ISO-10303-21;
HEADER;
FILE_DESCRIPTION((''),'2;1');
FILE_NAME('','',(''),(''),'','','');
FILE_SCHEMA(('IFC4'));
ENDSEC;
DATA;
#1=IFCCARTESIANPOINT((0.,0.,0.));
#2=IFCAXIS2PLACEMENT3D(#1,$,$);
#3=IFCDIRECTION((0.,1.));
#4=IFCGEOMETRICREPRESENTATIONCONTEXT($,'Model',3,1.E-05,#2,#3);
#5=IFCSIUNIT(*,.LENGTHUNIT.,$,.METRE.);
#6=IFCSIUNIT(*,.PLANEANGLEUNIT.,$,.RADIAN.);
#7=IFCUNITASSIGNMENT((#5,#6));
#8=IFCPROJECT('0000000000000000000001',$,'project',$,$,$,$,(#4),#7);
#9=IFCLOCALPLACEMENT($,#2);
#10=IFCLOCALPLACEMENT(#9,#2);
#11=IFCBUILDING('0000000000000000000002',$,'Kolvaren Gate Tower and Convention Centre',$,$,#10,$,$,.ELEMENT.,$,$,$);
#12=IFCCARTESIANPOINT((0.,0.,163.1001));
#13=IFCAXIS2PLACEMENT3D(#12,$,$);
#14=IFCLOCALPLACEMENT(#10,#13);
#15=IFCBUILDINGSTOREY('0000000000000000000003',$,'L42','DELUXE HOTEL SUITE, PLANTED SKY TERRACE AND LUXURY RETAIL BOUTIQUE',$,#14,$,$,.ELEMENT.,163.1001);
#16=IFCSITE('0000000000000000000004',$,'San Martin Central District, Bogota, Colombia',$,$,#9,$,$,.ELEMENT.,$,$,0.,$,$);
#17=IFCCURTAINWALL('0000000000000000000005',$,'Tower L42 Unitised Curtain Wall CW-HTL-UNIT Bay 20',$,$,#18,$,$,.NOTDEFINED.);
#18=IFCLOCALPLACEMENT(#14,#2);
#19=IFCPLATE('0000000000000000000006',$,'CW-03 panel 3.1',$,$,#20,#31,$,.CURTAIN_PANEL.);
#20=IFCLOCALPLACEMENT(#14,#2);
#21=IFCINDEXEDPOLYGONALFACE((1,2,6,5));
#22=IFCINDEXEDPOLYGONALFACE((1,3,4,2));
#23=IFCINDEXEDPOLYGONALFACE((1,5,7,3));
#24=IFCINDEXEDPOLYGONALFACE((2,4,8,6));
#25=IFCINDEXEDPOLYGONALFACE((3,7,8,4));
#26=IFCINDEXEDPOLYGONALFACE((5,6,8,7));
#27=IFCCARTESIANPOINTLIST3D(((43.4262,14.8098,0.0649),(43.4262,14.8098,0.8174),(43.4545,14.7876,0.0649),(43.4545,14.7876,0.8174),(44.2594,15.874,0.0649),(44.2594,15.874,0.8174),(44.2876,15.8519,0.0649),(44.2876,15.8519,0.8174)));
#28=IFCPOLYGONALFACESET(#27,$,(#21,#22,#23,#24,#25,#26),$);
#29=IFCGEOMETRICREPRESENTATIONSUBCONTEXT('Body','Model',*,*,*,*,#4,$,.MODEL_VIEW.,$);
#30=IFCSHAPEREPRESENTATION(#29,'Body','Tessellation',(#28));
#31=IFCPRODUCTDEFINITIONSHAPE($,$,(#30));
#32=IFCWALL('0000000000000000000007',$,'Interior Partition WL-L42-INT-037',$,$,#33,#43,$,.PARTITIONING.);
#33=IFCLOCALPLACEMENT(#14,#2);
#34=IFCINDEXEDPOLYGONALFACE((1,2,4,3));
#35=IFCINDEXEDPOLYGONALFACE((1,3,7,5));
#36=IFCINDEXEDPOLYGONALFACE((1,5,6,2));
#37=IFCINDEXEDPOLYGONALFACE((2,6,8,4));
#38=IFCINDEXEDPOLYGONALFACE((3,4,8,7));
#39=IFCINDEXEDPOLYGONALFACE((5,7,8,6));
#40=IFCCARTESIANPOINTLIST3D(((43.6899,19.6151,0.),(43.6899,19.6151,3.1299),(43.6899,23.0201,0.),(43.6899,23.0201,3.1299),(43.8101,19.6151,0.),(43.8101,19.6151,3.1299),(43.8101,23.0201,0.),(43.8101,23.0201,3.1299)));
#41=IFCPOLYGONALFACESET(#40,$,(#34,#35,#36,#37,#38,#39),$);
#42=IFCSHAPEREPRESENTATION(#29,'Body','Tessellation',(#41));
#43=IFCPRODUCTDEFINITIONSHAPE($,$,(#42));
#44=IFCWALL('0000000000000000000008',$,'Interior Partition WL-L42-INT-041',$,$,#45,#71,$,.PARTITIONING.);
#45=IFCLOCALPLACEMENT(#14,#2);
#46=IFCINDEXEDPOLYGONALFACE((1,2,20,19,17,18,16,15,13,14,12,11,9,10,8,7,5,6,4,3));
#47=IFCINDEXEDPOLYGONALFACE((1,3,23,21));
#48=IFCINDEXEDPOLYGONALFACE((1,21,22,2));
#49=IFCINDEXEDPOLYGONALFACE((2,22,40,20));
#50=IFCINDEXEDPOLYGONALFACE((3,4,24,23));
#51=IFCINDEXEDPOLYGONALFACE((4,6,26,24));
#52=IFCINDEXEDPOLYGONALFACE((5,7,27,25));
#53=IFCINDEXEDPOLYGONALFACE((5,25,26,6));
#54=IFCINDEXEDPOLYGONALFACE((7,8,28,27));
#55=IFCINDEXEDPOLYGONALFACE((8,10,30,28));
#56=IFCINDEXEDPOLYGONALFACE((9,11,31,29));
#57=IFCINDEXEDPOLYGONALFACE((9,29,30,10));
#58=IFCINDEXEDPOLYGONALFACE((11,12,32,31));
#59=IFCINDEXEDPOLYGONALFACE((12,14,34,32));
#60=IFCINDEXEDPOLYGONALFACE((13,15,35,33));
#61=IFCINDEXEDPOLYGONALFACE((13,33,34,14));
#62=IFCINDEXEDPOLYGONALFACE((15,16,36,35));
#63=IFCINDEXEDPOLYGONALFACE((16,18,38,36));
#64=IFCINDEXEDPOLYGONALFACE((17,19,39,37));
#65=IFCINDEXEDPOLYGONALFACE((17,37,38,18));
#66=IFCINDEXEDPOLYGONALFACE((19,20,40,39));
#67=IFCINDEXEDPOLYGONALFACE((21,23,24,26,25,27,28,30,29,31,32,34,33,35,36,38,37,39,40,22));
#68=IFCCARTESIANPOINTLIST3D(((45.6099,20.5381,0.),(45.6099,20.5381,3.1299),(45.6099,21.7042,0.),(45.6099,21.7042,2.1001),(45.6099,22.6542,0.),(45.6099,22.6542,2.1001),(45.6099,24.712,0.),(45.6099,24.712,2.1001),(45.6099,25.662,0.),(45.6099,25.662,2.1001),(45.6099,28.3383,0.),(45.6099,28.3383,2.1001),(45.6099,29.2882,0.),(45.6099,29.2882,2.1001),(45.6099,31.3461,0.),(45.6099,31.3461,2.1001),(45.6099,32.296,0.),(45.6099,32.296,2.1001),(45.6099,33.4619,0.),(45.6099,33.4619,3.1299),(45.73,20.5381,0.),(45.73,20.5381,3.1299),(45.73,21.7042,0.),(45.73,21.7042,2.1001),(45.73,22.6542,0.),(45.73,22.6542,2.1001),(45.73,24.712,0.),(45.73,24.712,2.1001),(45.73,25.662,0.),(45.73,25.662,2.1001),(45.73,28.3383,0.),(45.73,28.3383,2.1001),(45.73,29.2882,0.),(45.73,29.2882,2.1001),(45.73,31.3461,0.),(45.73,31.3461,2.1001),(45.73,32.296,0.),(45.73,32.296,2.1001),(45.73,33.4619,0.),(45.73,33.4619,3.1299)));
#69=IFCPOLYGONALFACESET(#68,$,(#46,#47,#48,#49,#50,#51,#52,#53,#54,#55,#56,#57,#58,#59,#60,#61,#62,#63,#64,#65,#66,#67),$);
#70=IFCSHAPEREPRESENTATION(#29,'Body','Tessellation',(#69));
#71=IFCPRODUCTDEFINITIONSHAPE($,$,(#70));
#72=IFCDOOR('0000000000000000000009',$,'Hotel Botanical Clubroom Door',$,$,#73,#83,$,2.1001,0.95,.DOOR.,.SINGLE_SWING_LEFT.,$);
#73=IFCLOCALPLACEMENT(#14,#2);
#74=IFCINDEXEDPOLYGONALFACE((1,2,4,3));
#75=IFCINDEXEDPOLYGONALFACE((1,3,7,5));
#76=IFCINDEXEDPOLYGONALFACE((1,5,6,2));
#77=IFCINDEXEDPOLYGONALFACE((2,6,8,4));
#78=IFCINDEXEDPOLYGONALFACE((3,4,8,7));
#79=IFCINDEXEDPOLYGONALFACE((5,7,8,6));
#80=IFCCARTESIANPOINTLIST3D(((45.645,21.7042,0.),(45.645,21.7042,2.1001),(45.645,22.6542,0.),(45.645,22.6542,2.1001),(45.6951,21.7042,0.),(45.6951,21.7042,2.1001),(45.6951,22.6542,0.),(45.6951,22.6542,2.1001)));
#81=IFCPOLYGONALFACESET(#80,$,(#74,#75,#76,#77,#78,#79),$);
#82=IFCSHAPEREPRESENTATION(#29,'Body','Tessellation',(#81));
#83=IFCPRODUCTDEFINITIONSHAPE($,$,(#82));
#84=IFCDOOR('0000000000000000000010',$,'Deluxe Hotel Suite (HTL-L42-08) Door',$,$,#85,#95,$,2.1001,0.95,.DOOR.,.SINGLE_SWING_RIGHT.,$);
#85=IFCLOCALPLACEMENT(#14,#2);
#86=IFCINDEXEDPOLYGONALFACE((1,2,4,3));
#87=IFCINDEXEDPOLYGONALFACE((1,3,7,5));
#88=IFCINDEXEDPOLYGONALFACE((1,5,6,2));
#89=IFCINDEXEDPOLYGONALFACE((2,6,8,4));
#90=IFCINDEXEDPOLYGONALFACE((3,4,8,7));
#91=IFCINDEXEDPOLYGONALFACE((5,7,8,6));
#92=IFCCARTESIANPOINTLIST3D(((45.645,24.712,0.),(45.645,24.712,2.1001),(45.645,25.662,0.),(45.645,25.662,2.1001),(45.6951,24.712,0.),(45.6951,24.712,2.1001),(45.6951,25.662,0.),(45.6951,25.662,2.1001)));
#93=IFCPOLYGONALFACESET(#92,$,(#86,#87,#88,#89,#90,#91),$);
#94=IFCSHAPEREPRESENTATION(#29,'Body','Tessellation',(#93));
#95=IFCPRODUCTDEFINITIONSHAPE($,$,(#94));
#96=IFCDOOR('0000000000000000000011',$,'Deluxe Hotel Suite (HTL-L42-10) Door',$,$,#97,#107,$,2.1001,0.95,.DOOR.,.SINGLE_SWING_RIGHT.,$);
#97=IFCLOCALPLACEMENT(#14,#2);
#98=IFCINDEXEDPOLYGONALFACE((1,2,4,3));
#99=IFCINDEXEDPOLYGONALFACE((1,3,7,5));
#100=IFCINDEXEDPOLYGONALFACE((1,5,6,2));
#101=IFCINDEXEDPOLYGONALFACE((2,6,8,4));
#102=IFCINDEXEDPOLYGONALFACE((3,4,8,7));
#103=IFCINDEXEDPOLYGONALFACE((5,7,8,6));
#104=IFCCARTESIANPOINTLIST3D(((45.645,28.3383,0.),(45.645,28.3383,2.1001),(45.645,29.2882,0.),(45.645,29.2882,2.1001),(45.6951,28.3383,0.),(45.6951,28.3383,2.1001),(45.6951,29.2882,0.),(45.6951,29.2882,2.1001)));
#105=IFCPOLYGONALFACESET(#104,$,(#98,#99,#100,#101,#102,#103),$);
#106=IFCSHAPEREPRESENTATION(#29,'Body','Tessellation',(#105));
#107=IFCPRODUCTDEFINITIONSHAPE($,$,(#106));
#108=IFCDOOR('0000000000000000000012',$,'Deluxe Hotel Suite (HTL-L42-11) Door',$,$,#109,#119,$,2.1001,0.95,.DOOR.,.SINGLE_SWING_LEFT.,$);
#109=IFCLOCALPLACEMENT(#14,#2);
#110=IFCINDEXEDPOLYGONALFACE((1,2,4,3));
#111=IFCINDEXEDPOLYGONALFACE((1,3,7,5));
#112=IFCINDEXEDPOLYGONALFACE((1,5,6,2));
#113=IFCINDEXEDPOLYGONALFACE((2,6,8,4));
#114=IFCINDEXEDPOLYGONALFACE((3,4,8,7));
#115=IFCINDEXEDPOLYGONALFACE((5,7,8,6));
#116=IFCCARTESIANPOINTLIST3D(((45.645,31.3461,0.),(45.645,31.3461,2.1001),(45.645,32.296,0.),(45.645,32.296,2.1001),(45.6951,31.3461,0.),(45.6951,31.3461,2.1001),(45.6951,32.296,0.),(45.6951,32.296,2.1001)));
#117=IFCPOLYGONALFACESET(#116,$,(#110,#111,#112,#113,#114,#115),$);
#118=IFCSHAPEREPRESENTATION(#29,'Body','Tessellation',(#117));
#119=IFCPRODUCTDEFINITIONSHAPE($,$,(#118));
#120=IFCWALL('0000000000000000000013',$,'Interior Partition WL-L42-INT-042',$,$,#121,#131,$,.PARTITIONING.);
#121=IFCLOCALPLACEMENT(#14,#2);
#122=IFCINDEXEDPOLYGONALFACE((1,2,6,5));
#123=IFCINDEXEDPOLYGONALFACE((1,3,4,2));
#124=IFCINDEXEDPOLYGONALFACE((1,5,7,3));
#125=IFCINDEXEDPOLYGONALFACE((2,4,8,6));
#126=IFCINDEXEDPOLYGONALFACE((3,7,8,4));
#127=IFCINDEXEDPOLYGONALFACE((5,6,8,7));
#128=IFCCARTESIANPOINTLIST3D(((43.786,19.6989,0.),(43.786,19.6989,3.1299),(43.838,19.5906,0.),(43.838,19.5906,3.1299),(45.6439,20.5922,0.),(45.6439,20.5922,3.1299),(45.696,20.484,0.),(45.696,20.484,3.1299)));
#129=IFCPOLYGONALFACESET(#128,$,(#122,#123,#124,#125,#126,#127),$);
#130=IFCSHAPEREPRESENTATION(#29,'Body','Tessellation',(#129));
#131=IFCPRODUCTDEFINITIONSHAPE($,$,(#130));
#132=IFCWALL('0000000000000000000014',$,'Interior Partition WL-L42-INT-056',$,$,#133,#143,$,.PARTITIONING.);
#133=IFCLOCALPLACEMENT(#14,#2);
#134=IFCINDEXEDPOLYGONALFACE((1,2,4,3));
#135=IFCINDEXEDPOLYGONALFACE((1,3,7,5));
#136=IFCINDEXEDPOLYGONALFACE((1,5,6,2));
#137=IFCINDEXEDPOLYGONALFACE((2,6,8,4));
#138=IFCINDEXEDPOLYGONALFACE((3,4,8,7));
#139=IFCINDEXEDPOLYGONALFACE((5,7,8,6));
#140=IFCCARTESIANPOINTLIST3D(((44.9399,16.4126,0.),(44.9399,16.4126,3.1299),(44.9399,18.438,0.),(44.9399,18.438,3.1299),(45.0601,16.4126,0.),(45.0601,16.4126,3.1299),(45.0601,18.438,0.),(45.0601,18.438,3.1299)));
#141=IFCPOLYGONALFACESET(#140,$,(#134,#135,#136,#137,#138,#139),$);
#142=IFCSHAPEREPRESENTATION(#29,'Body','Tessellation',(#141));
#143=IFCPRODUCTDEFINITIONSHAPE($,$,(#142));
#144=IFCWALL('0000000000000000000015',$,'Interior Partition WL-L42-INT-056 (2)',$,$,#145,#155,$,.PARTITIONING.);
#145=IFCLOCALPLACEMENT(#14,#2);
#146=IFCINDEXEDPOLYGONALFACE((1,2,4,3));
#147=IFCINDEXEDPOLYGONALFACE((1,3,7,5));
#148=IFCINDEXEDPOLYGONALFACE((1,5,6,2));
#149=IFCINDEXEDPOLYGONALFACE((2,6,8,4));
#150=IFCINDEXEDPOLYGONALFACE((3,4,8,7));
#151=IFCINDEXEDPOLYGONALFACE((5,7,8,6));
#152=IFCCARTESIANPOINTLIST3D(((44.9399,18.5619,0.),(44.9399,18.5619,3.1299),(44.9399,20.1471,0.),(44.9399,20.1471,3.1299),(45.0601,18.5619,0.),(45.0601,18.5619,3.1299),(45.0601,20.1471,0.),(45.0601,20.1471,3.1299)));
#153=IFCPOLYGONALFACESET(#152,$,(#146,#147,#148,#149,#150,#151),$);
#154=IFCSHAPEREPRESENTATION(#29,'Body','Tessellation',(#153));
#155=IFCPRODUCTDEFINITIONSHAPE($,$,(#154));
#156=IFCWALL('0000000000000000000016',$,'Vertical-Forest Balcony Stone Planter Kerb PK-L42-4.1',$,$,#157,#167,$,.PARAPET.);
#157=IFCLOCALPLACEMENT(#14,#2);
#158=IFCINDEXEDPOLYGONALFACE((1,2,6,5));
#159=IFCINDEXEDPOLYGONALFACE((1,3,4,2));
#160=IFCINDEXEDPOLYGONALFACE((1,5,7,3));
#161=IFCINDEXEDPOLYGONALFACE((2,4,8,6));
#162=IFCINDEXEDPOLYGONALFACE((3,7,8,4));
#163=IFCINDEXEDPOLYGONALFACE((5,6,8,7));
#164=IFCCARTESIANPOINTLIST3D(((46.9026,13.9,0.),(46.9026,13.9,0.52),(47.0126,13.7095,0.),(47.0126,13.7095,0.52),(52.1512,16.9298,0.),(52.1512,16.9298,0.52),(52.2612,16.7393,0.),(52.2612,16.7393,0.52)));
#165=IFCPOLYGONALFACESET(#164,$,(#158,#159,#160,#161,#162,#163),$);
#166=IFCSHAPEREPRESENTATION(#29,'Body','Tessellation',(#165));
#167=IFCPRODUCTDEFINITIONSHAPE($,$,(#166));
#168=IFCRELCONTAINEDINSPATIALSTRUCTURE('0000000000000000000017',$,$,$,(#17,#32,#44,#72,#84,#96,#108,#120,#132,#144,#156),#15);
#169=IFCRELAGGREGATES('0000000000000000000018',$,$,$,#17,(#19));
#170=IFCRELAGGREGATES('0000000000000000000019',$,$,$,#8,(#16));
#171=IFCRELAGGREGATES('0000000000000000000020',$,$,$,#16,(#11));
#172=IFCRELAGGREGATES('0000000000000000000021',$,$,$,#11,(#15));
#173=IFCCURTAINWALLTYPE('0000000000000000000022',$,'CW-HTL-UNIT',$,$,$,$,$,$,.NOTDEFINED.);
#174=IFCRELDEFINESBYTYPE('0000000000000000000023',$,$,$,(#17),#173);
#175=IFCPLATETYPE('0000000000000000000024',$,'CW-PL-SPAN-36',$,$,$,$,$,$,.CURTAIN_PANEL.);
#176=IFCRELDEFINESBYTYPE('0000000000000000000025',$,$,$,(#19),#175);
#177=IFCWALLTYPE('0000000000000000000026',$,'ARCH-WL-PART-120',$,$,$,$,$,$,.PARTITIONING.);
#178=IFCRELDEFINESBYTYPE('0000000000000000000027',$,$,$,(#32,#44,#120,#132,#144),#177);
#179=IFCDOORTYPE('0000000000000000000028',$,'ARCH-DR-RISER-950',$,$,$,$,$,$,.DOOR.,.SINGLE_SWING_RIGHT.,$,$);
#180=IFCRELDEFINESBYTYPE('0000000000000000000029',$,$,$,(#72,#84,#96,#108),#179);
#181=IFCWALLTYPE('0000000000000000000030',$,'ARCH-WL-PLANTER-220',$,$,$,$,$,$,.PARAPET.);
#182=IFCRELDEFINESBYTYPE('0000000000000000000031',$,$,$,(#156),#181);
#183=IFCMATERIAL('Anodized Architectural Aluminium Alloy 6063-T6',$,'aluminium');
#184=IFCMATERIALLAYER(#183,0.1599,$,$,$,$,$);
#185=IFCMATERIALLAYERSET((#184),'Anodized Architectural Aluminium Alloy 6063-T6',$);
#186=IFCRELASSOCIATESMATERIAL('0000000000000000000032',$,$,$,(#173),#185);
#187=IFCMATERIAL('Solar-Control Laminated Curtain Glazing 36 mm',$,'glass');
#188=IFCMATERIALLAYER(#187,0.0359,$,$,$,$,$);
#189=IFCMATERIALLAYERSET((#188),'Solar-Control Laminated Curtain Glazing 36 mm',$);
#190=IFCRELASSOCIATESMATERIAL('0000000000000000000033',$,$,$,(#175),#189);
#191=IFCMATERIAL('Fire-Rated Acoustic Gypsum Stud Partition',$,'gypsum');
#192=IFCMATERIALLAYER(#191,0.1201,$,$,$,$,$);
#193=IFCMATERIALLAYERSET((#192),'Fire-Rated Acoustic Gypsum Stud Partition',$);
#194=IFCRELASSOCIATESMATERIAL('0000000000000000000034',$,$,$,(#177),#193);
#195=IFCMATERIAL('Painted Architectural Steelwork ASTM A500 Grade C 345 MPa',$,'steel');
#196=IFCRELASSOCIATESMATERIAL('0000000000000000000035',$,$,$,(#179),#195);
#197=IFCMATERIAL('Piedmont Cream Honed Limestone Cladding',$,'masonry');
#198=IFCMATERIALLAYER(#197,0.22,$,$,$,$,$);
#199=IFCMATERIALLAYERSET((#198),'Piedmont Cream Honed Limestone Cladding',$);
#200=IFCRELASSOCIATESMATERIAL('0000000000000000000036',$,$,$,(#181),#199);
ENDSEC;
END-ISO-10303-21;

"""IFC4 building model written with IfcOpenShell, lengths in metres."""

from ifc_helpers import new_model, si_unit, direction, frame, frame_2d, origin, origin_2d, place, context, subcontext, project, spatial, rectangle, extrude, material, layer, layer_set, type_object, element, fill, aggregate, save


model = new_model("IFC4")

# Units and contexts
model_context = context("Model", 3, precision=1e-05, world=origin(), true_north=direction((0.0, 1.0)))
body_context = subcontext(model_context, "Body", "Model", "MODEL_VIEW")
ifc_project = project(units=[si_unit("LENGTHUNIT", "METRE"), si_unit("PLANEANGLEUNIT", "RADIAN")], contexts=[model_context])

# Site, building, storey
site_placement = place(None, origin())
site = spatial("IfcSite", under=ifc_project, at=site_placement, Name="San Martin Central District, Bogota, Colombia", CompositionType="ELEMENT", RefElevation=0.0)
building_placement = place(site_placement, origin())
building = spatial("IfcBuilding", under=site, at=building_placement, Name="Kolvaren Gate Tower and Convention Centre", CompositionType="ELEMENT")
storey_placement = place(building_placement, frame((0.0, 0.0, 163.1001)))
storey = spatial("IfcBuildingStorey", under=building, at=storey_placement, Name="L42", Description="DELUXE HOTEL SUITE, PLANTED SKY TERRACE AND LUXURY RETAIL BOUTIQUE", CompositionType="ELEMENT", Elevation=163.1001)

# Curtain wall
ifc_material_1 = material(Name="Anodized Architectural Aluminium Alloy 6063-T6", Category="aluminium")
ifc_layer_1 = layer(ifc_material_1, 0.1599)
ifc_layer_set_1 = layer_set([ifc_layer_1], Name="Anodized Architectural Aluminium Alloy 6063-T6")
curtain_wall_type = type_object("IfcCurtainWallType", Name="CW-HTL-UNIT", PredefinedType="NOTDEFINED", material=ifc_layer_set_1)
curtain_wall_placement = place(storey_placement, origin())
curtain_wall = element("IfcCurtainWall", 1, at=curtain_wall_placement, inside=storey, type_object=curtain_wall_type, Name="Tower L42 Unitised Curtain Wall CW-HTL-UNIT Bay 20", PredefinedType="NOTDEFINED")

# Plate
ifc_material_2 = material(Name="Solar-Control Laminated Curtain Glazing 36 mm", Category="glass")
ifc_layer_2 = layer(ifc_material_2, 0.0359)
ifc_layer_set_2 = layer_set([ifc_layer_2], Name="Solar-Control Laminated Curtain Glazing 36 mm")
plate_type_1 = type_object("IfcPlateType", Name="CW-PL-SPAN-36", PredefinedType="CURTAIN_PANEL", material=ifc_layer_set_2)
plate_1_placement = place(storey_placement, frame((43.8569, 15.3308, 0.0649), z_axis=(0.0, 0.0, 1.0), x_axis=(0.616438, 0.787404, 0.0)))
plate_1 = element("IfcPlate", 2, at=plate_1_placement, type_object=plate_type_1, Name="CW-03 panel 3.1", PredefinedType="CURTAIN_PANEL", context=body_context, shape_type="SweptSolid", body=[
    extrude(rectangle(XDim=1.3516, YDim=0.0359, at=origin_2d()), origin(), (0.0, 0.0, 1.0), 0.7524),
])
aggregate(curtain_wall, [plate_1])

# Wall
ifc_material_3 = material(Name="Fire-Rated Acoustic Gypsum Stud Partition", Category="gypsum")
ifc_layer_3 = layer(ifc_material_3, 0.1201)
ifc_layer_set_3 = layer_set([ifc_layer_3], Name="Fire-Rated Acoustic Gypsum Stud Partition")
wall_type_1 = type_object("IfcWallType", Name="ARCH-WL-PART-120", PredefinedType="PARTITIONING", material=ifc_layer_set_3)
wall_1_placement = place(storey_placement, frame((43.75, 19.615, 0.0), z_axis=(0.0, 0.0, 1.0), x_axis=(0.0, 1.0, 0.0)))
element("IfcWall", 3, at=wall_1_placement, inside=storey, type_object=wall_type_1, Name="Interior Partition WL-L42-INT-037", PredefinedType="PARTITIONING", context=body_context, shape_type="SweptSolid", body=[
    extrude(rectangle(XDim=3.405, YDim=0.1201, at=frame_2d((1.7026, 0.0))), origin(), (0.0, 0.0, 1.0), 3.1299),
])

# Wall, openings, doors
wall_2_placement = place(storey_placement, frame((45.6699, 20.5381, 0.0), z_axis=(0.0, 0.0, 1.0), x_axis=(0.0, 1.0, 0.0)))
wall_2 = element("IfcWall", 4, at=wall_2_placement, inside=storey, type_object=wall_type_1, Name="Interior Partition WL-L42-INT-041", PredefinedType="PARTITIONING", context=body_context, shape_type="SweptSolid", body=[
    extrude(rectangle(XDim=12.9238, YDim=0.1201, at=frame_2d((6.4619, 0.0))), origin(), (0.0, 0.0, 1.0), 3.1299),
])
opening_1_placement = place(wall_2_placement, frame((1.166, 0.0, 0.0)))
opening_1 = element("IfcOpeningElement", 5, at=opening_1_placement, cuts=wall_2, PredefinedType="OPENING", context=body_context, shape_type="SweptSolid", body=[
    extrude(rectangle(XDim=0.95, YDim=2.1001, at=frame_2d((0.4751, 1.05))), frame((0.0, 0.0701, 0.0), z_axis=(0.0, -1.0, 0.0), x_axis=(1.0, 0.0, 0.0)), (0.0, 0.0, 1.0), 0.1401),
])
opening_2_placement = place(wall_2_placement, frame((4.1738, 0.0, 0.0)))
opening_2 = element("IfcOpeningElement", 6, at=opening_2_placement, cuts=wall_2, PredefinedType="OPENING", context=body_context, shape_type="SweptSolid", body=[
    extrude(rectangle(XDim=0.95, YDim=2.1001, at=frame_2d((0.4751, 1.05))), frame((0.0, 0.0701, 0.0), z_axis=(0.0, -1.0, 0.0), x_axis=(1.0, 0.0, 0.0)), (0.0, 0.0, 1.0), 0.1401),
])
opening_3_placement = place(wall_2_placement, frame((7.8, 0.0, 0.0)))
opening_3 = element("IfcOpeningElement", 7, at=opening_3_placement, cuts=wall_2, PredefinedType="OPENING", context=body_context, shape_type="SweptSolid", body=[
    extrude(rectangle(XDim=0.95, YDim=2.1001, at=frame_2d((0.4751, 1.05))), frame((0.0, 0.0701, 0.0), z_axis=(0.0, -1.0, 0.0), x_axis=(1.0, 0.0, 0.0)), (0.0, 0.0, 1.0), 0.1401),
])
opening_4_placement = place(wall_2_placement, frame((10.8079, 0.0, 0.0)))
opening_4 = element("IfcOpeningElement", 8, at=opening_4_placement, cuts=wall_2, PredefinedType="OPENING", context=body_context, shape_type="SweptSolid", body=[
    extrude(rectangle(XDim=0.95, YDim=2.1001, at=frame_2d((0.4751, 1.05))), frame((0.0, 0.0701, 0.0), z_axis=(0.0, -1.0, 0.0), x_axis=(1.0, 0.0, 0.0)), (0.0, 0.0, 1.0), 0.1401),
])
ifc_material_4 = material(Name="Painted Architectural Steelwork ASTM A500 Grade C 345 MPa", Category="steel")
door_type_1 = type_object("IfcDoorType", Name="ARCH-DR-RISER-950", OperationType="SINGLE_SWING_RIGHT", PredefinedType="DOOR", material=ifc_material_4)
door_1_placement = place(opening_1_placement, origin())
door_1 = element("IfcDoor", 9, at=door_1_placement, inside=storey, type_object=door_type_1, Name="Hotel Botanical Clubroom Door", OperationType="SINGLE_SWING_LEFT", OverallHeight=2.1001, OverallWidth=0.95, PredefinedType="DOOR", context=body_context, shape_type="SweptSolid", body=[
    extrude(rectangle(XDim=0.95, YDim=2.1001, at=frame_2d((0.4751, 1.05))), frame((0.0, 0.0249, 0.0), z_axis=(0.0, -1.0, 0.0), x_axis=(1.0, 0.0, 0.0)), (0.0, 0.0, 1.0), 0.05),
])
fill(opening_1, door_1)
door_2_placement = place(opening_2_placement, origin())
door_2 = element("IfcDoor", 10, at=door_2_placement, inside=storey, type_object=door_type_1, Name="Deluxe Hotel Suite (HTL-L42-08) Door", OperationType="SINGLE_SWING_RIGHT", OverallHeight=2.1001, OverallWidth=0.95, PredefinedType="DOOR", context=body_context, shape_type="SweptSolid", body=[
    extrude(rectangle(XDim=0.95, YDim=2.1001, at=frame_2d((0.4751, 1.05))), frame((0.0, 0.0249, 0.0), z_axis=(0.0, -1.0, 0.0), x_axis=(1.0, 0.0, 0.0)), (0.0, 0.0, 1.0), 0.05),
])
fill(opening_2, door_2)
door_3_placement = place(opening_3_placement, origin())
door_3 = element("IfcDoor", 11, at=door_3_placement, inside=storey, type_object=door_type_1, Name="Deluxe Hotel Suite (HTL-L42-10) Door", OperationType="SINGLE_SWING_RIGHT", OverallHeight=2.1001, OverallWidth=0.95, PredefinedType="DOOR", context=body_context, shape_type="SweptSolid", body=[
    extrude(rectangle(XDim=0.95, YDim=2.1001, at=frame_2d((0.4751, 1.05))), frame((0.0, 0.0249, 0.0), z_axis=(0.0, -1.0, 0.0), x_axis=(1.0, 0.0, 0.0)), (0.0, 0.0, 1.0), 0.05),
])
fill(opening_3, door_3)
door_4_placement = place(opening_4_placement, origin())
door_4 = element("IfcDoor", 12, at=door_4_placement, inside=storey, type_object=door_type_1, Name="Deluxe Hotel Suite (HTL-L42-11) Door", OperationType="SINGLE_SWING_LEFT", OverallHeight=2.1001, OverallWidth=0.95, PredefinedType="DOOR", context=body_context, shape_type="SweptSolid", body=[
    extrude(rectangle(XDim=0.95, YDim=2.1001, at=frame_2d((0.4751, 1.05))), frame((0.0, 0.0249, 0.0), z_axis=(0.0, -1.0, 0.0), x_axis=(1.0, 0.0, 0.0)), (0.0, 0.0, 1.0), 0.05),
])
fill(opening_4, door_4)

# Walls
wall_3_placement = place(storey_placement, frame((43.812, 19.6448, 0.0), z_axis=(0.0, 0.0, 1.0), x_axis=(0.901236, 0.433328, 0.0)))
element("IfcWall", 13, at=wall_3_placement, inside=storey, type_object=wall_type_1, Name="Interior Partition WL-L42-INT-042", PredefinedType="PARTITIONING", context=body_context, shape_type="SweptSolid", body=[
    extrude(rectangle(XDim=2.0615, YDim=0.1201, at=frame_2d((1.0308, 0.0))), origin(), (0.0, 0.0, 1.0), 3.1299),
])
wall_4_placement = place(storey_placement, frame((45.0, 16.4126, 0.0), z_axis=(0.0, 0.0, 1.0), x_axis=(0.0, 1.0, 0.0)))
element("IfcWall", 14, at=wall_4_placement, inside=storey, type_object=wall_type_1, Name="Interior Partition WL-L42-INT-056", PredefinedType="PARTITIONING", context=body_context, shape_type="SweptSolid", body=[
    extrude(rectangle(XDim=2.0254, YDim=0.1201, at=frame_2d((1.0127, 0.0))), origin(), (0.0, 0.0, 1.0), 3.1299),
])
wall_5_placement = place(storey_placement, frame((45.0, 18.562, 0.0), z_axis=(0.0, 0.0, 1.0), x_axis=(0.0, 1.0, 0.0)))
element("IfcWall", 15, at=wall_5_placement, inside=storey, type_object=wall_type_1, Name="Interior Partition WL-L42-INT-056 (2)", PredefinedType="PARTITIONING", context=body_context, shape_type="SweptSolid", body=[
    extrude(rectangle(XDim=1.5852, YDim=0.1201, at=frame_2d((0.7925, 0.0))), origin(), (0.0, 0.0, 1.0), 3.1299),
])
ifc_material_5 = material(Name="Piedmont Cream Honed Limestone Cladding", Category="masonry")
ifc_layer_4 = layer(ifc_material_5, 0.22)
ifc_layer_set_4 = layer_set([ifc_layer_4], Name="Piedmont Cream Honed Limestone Cladding")
wall_type_2 = type_object("IfcWallType", Name="ARCH-WL-PLANTER-220", PredefinedType="PARAPET", material=ifc_layer_set_4)
wall_6_placement = place(storey_placement, frame((46.9575, 13.8047, 0.0), z_axis=(0.0, 0.0, 1.0), x_axis=(0.866058, 0.499943, 0.0)))
element("IfcWall", 16, at=wall_6_placement, inside=storey, type_object=wall_type_2, Name="Vertical-Forest Balcony Stone Planter Kerb PK-L42-4.1", PredefinedType="PARAPET", context=body_context, shape_type="SweptSolid", body=[
    extrude(rectangle(XDim=6.0603, YDim=0.22, at=frame_2d((3.0303, 0.0))), origin(), (0.0, 0.0, 1.0), 0.52),
])

save(model, "model.ifc")
